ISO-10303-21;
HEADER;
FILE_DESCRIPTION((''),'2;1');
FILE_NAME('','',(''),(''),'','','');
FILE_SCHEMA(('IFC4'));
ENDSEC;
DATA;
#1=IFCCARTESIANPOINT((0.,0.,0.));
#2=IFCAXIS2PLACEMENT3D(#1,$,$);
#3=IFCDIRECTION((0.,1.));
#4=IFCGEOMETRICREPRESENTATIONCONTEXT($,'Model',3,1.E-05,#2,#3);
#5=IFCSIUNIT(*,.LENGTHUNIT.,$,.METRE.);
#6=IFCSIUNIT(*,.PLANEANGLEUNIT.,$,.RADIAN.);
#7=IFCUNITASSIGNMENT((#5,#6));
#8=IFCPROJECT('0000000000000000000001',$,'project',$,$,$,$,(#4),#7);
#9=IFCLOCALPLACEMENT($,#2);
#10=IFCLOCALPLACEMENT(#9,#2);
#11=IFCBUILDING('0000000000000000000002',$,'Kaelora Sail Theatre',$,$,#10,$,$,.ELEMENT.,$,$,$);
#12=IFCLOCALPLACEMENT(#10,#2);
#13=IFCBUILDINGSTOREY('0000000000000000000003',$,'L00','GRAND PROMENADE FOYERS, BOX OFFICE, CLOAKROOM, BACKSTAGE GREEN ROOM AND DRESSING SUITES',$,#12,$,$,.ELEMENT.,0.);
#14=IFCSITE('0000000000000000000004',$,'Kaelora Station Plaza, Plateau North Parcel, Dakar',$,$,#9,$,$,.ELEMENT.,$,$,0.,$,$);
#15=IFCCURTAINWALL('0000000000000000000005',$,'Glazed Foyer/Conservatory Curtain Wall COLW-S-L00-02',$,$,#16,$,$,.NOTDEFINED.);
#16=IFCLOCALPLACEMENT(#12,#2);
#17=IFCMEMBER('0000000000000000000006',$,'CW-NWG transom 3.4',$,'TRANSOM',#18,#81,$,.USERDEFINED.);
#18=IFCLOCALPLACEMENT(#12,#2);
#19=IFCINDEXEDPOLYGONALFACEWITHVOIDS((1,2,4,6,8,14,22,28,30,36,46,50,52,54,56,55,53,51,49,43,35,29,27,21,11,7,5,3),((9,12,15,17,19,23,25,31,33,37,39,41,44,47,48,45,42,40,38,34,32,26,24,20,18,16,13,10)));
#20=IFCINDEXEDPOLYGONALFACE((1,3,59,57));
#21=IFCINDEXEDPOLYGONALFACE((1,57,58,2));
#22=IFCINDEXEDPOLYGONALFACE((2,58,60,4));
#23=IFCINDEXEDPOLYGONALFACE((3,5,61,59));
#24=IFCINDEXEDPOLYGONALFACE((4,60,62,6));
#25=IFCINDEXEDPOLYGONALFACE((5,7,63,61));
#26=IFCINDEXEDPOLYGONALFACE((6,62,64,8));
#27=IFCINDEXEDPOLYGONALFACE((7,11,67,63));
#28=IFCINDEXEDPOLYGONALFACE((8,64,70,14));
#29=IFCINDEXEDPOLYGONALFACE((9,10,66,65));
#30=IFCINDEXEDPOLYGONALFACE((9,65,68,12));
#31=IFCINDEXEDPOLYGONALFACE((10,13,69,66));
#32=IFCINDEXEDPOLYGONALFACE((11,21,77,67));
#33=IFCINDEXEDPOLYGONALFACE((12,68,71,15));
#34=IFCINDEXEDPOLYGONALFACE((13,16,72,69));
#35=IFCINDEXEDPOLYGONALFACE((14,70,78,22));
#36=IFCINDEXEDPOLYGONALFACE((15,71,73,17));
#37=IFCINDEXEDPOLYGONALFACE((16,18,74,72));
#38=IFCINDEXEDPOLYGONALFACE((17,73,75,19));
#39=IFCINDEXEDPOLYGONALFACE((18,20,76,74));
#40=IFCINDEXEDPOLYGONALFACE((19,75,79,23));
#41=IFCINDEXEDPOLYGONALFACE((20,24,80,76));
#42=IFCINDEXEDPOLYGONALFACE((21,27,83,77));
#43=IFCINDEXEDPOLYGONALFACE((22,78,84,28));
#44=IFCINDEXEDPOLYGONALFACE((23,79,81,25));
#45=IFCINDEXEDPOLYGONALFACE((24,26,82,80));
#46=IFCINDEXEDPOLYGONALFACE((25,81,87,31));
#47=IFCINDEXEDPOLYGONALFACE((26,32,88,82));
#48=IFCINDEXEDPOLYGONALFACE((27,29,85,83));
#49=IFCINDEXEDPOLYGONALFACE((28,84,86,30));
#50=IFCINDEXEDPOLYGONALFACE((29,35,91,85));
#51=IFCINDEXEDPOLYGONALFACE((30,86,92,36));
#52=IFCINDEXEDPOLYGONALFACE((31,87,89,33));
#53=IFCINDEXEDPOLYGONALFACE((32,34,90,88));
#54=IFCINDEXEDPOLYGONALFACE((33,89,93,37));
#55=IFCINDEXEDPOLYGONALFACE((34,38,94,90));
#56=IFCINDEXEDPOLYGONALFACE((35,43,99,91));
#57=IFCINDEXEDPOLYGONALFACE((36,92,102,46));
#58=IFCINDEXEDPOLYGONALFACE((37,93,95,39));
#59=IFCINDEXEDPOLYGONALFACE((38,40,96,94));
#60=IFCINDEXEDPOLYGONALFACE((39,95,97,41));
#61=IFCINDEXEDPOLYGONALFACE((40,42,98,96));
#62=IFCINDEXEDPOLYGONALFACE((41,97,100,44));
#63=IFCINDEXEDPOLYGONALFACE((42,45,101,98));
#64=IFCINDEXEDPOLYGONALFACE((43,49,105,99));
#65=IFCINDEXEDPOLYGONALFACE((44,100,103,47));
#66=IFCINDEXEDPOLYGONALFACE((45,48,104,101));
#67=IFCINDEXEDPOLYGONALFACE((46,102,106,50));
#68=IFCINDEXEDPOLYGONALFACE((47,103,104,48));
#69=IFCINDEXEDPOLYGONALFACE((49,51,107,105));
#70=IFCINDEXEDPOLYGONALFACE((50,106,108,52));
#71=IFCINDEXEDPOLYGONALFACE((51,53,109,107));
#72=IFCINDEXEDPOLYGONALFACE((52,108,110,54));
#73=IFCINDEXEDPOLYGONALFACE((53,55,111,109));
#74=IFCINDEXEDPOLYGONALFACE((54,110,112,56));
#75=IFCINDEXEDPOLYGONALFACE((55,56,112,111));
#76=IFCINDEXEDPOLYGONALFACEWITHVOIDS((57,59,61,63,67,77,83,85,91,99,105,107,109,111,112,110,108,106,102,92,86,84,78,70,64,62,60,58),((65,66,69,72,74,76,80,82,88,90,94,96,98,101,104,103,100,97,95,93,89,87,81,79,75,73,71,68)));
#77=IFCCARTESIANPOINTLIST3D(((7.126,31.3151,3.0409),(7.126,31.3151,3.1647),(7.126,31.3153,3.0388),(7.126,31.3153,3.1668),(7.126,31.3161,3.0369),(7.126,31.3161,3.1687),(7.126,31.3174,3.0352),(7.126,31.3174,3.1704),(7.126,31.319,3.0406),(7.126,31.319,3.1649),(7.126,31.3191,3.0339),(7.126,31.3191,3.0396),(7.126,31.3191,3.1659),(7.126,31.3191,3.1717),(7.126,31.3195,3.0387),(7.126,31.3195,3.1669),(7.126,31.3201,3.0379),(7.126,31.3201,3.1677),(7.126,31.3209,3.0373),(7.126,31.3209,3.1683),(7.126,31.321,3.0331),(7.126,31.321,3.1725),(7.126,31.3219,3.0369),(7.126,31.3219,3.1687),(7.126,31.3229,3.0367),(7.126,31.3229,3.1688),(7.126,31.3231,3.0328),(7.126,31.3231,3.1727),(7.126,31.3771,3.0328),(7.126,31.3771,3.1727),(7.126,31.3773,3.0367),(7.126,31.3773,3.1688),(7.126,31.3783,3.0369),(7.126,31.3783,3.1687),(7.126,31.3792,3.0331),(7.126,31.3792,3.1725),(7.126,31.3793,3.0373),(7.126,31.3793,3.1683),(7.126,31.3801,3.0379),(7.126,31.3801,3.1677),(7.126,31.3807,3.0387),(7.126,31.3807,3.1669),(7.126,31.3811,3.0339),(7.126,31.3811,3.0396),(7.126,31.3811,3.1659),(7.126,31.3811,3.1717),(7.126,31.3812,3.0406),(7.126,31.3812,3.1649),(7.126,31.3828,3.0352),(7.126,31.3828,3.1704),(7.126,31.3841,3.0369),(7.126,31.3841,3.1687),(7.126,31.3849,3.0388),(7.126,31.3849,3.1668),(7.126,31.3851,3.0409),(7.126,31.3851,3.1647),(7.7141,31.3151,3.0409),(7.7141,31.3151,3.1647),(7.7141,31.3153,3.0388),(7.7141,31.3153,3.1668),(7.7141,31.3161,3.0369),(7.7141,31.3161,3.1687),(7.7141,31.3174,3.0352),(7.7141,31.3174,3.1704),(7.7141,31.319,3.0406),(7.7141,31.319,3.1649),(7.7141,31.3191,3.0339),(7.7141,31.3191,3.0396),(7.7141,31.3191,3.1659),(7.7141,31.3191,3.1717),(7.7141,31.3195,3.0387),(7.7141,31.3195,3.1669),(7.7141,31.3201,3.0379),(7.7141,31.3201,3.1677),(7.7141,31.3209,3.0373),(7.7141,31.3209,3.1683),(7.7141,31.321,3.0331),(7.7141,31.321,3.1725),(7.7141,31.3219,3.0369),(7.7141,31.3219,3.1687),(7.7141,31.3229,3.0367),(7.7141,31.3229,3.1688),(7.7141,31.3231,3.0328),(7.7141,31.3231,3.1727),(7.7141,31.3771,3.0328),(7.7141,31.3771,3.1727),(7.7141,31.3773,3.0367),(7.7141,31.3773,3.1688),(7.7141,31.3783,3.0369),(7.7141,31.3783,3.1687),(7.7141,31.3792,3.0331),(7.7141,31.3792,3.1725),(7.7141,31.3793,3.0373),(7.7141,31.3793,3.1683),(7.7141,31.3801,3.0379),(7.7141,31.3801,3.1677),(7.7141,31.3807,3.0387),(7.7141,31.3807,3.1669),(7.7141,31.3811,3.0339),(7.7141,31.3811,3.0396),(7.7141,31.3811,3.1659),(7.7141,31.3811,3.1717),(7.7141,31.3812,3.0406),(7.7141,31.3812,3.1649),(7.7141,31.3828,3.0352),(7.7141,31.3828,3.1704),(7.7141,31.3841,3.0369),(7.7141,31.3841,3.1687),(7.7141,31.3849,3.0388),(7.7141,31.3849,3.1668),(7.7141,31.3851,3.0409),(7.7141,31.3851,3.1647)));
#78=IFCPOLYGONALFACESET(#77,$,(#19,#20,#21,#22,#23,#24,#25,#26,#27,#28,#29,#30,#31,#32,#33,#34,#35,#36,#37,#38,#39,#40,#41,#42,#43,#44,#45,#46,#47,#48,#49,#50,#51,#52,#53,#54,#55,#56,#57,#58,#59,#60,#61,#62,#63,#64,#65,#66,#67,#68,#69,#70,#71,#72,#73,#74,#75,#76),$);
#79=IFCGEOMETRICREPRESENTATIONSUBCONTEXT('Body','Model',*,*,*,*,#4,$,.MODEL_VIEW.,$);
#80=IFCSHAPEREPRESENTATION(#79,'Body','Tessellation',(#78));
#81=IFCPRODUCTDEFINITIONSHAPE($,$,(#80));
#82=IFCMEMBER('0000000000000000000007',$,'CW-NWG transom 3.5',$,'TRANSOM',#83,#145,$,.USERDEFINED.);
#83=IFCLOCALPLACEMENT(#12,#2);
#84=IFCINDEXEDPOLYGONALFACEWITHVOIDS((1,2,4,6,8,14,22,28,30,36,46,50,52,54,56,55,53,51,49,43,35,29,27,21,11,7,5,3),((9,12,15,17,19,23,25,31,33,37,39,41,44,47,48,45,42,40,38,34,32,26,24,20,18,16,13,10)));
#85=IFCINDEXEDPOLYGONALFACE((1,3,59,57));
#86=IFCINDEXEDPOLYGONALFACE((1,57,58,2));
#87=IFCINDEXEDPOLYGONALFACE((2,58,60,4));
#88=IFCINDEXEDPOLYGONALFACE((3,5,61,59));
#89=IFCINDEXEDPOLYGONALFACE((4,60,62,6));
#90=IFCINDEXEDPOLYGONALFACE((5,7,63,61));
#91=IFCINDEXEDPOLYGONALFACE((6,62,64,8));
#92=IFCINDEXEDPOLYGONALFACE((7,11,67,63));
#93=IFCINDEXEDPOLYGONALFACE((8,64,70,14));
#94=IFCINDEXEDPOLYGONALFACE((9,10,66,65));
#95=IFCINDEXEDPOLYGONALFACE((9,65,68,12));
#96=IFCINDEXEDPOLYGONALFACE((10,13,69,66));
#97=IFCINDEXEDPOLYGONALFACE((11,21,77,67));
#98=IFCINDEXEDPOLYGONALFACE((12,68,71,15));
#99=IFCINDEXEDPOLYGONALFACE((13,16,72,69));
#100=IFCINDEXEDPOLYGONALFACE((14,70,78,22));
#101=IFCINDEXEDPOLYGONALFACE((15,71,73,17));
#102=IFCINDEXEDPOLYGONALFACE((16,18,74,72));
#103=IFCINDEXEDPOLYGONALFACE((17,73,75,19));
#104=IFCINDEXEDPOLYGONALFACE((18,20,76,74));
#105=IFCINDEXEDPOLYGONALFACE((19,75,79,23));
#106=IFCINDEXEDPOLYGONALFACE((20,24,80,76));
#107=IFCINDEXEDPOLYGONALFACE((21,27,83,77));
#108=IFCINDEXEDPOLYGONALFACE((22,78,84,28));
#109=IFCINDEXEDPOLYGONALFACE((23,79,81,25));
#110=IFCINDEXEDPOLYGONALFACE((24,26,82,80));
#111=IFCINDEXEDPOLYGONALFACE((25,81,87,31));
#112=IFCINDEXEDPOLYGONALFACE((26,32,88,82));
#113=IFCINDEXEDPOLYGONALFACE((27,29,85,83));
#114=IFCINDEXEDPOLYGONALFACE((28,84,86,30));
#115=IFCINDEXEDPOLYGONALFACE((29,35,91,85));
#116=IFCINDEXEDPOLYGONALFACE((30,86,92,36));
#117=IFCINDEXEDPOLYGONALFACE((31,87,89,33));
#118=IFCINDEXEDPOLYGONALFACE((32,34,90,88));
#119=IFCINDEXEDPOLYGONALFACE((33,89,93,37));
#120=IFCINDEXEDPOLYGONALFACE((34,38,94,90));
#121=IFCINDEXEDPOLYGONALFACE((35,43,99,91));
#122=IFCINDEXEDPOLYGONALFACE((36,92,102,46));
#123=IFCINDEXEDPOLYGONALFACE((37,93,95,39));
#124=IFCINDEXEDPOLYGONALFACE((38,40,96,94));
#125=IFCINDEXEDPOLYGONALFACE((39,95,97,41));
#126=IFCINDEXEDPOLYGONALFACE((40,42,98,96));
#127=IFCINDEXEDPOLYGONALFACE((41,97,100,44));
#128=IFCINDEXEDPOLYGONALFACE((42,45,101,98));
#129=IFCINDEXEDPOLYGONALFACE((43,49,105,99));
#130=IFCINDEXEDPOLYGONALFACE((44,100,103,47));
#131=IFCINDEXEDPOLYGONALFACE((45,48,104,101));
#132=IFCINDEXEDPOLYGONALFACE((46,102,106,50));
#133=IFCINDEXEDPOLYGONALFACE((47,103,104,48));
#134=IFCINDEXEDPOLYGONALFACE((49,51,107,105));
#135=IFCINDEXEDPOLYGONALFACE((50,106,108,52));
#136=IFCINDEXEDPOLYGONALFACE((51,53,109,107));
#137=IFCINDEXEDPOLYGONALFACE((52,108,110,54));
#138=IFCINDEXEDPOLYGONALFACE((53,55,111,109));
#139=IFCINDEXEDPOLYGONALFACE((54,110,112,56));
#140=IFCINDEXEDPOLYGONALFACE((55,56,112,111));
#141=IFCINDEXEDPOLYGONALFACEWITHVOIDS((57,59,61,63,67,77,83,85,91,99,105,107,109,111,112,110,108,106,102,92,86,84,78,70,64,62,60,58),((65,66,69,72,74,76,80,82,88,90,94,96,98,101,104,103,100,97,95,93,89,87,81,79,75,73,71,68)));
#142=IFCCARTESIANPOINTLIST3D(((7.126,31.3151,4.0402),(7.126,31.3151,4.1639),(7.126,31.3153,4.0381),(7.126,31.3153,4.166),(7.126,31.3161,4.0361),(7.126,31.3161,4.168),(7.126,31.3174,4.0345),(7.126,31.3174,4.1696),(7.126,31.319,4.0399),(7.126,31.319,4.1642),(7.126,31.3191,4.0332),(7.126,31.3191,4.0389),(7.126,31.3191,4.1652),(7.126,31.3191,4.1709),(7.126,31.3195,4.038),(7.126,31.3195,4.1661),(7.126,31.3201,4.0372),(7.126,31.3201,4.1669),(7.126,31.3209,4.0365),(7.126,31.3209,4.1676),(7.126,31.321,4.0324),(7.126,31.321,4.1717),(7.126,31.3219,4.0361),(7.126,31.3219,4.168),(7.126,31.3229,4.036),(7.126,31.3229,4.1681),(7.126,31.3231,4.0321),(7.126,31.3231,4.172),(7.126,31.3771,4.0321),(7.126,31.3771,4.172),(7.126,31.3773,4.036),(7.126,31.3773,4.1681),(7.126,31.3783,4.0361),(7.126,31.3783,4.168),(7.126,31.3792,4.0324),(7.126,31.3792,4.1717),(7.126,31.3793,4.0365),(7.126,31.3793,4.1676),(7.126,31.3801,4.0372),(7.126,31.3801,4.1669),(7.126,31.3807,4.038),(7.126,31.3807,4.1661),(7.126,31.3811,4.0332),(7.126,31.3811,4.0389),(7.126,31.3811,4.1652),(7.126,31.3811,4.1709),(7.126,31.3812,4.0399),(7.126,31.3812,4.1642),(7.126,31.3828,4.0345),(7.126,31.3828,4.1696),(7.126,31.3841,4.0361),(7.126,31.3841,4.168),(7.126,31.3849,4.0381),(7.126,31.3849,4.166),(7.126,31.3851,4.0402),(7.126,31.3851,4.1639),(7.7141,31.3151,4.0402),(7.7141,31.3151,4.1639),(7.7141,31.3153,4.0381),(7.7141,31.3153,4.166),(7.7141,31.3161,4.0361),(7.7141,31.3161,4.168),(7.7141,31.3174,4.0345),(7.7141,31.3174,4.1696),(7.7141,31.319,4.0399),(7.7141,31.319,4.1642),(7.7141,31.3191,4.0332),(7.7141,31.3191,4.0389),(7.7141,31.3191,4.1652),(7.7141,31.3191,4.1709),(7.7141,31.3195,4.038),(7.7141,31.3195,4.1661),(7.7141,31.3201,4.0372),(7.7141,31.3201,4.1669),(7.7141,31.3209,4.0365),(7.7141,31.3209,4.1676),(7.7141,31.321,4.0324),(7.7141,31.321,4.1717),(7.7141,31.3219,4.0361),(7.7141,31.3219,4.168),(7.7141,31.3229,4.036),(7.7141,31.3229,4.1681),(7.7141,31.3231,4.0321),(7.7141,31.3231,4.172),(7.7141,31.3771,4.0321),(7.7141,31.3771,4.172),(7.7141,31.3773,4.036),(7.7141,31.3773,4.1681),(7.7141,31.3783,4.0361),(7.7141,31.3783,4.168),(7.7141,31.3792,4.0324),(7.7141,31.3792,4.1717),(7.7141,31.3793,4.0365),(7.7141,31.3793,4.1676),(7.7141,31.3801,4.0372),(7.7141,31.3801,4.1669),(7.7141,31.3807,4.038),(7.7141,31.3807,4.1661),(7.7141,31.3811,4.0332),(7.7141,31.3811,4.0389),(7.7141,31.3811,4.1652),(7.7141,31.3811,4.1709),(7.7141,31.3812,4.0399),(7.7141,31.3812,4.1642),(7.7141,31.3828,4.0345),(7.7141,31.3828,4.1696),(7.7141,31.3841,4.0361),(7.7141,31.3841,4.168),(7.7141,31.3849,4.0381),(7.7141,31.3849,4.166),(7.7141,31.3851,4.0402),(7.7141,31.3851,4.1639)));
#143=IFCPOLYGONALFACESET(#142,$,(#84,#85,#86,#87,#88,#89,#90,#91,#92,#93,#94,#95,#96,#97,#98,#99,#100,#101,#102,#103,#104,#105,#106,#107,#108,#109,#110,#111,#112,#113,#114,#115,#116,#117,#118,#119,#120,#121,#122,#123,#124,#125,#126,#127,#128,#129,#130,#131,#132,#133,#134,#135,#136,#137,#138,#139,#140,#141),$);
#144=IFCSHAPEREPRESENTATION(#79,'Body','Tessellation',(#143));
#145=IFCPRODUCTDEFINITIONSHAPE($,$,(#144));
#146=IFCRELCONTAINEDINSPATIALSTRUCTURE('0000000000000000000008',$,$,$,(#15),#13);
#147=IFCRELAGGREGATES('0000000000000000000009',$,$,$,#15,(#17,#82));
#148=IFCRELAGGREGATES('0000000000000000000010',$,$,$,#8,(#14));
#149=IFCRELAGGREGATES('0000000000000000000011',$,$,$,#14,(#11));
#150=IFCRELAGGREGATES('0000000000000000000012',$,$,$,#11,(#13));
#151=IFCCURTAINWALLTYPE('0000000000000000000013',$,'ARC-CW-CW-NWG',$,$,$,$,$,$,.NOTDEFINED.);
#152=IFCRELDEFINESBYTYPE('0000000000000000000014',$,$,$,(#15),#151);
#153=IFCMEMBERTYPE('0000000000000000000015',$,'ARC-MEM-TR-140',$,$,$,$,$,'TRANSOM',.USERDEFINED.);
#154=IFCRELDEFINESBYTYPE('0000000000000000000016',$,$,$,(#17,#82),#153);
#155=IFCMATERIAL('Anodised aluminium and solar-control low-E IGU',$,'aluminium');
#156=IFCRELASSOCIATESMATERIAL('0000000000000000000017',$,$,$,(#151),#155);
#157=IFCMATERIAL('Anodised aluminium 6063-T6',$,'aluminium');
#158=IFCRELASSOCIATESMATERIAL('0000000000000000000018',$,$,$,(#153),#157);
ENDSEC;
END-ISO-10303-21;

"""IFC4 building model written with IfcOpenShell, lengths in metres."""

from ifc_helpers import new_model, si_unit, direction, frame, origin, origin_2d, place, context, subcontext, project, spatial, hollow_rectangle, extrude, material, material_profile, profile_set, type_object, element, aggregate, save


model = new_model("IFC4")

# Units and contexts
model_context = context("Model", 3, precision=1e-05, world=origin(), true_north=direction((0.0, 1.0)))
body_context = subcontext(model_context, "Body", "Model", "MODEL_VIEW")
ifc_project = project(units=[si_unit("LENGTHUNIT", "METRE"), si_unit("PLANEANGLEUNIT", "RADIAN")], contexts=[model_context])

# Site, building, storey
site_placement = place(None, origin())
site = spatial("IfcSite", under=ifc_project, at=site_placement, Name="Kaelora Station Plaza, Plateau North Parcel, Dakar", CompositionType="ELEMENT", RefElevation=0.0)
building_placement = place(site_placement, origin())
building = spatial("IfcBuilding", under=site, at=building_placement, Name="Kaelora Sail Theatre", CompositionType="ELEMENT")
storey_placement = place(building_placement, origin())
storey = spatial("IfcBuildingStorey", under=building, at=storey_placement, Name="L00", Description="GRAND PROMENADE FOYERS, BOX OFFICE, CLOAKROOM, BACKSTAGE GREEN ROOM AND DRESSING SUITES", CompositionType="ELEMENT", Elevation=0.0)

# Curtain wall, members
ifc_material_1 = material(Name="Anodised aluminium and solar-control low-E IGU", Category="aluminium")
curtain_wall_type = type_object("IfcCurtainWallType", Name="ARC-CW-CW-NWG", PredefinedType="NOTDEFINED", material=ifc_material_1)
ifc_material_2 = material(Name="Anodised aluminium 6063-T6", Category="aluminium")
ifc_material_profile = material_profile(ifc_material_2, hollow_rectangle(XDim=0.0701, YDim=0.1399, WallThickness=0.0039, InnerFilletRadius=0.0039, OuterFilletRadius=0.0081, at=origin_2d()), Name="ALU-TRAN 70x140x4")
ifc_profile_set = profile_set([ifc_material_profile], Name="Anodised aluminium 6063-T6")
member_type = type_object("IfcMemberType", Name="ARC-MEM-TR-140", ElementType="TRANSOM", PredefinedType="USERDEFINED", material=ifc_profile_set)
curtain_wall_1_placement = place(storey_placement, origin())
curtain_wall_1 = element("IfcCurtainWall", 1, at=curtain_wall_1_placement, inside=storey, type_object=curtain_wall_type, Name="Glazed Foyer/Conservatory Curtain Wall COLW-S-L00-02", PredefinedType="NOTDEFINED")
member_1_placement = place(storey_placement, frame((7.126, 31.3501, 3.1028), z_axis=(1.0, 0.0, 0.0), x_axis=(0.0, 1.0, 0.0)))
member_1 = element("IfcMember", 2, at=member_1_placement, type_object=member_type, Name="CW-NWG transom 3.4", ObjectType="TRANSOM", PredefinedType="USERDEFINED", context=body_context, shape_type="SweptSolid", body=[
    extrude(hollow_rectangle(XDim=0.0701, YDim=0.1399, WallThickness=0.0039, InnerFilletRadius=0.0039, OuterFilletRadius=0.0081, at=origin_2d()), origin(), (0.0, 0.0, 1.0), 0.5881),
])
member_2_placement = place(storey_placement, frame((7.126, 31.3501, 4.1021), z_axis=(1.0, 0.0, 0.0), x_axis=(0.0, 1.0, 0.0)))
member_2 = element("IfcMember", 3, at=member_2_placement, type_object=member_type, Name="CW-NWG transom 3.5", ObjectType="TRANSOM", PredefinedType="USERDEFINED", context=body_context, shape_type="SweptSolid", body=[
    extrude(hollow_rectangle(XDim=0.0701, YDim=0.1399, WallThickness=0.0039, InnerFilletRadius=0.0039, OuterFilletRadius=0.0081, at=origin_2d()), origin(), (0.0, 0.0, 1.0), 0.5881),
])

aggregate(curtain_wall_1, [member_1, member_2])

save(model, "model.ifc")
